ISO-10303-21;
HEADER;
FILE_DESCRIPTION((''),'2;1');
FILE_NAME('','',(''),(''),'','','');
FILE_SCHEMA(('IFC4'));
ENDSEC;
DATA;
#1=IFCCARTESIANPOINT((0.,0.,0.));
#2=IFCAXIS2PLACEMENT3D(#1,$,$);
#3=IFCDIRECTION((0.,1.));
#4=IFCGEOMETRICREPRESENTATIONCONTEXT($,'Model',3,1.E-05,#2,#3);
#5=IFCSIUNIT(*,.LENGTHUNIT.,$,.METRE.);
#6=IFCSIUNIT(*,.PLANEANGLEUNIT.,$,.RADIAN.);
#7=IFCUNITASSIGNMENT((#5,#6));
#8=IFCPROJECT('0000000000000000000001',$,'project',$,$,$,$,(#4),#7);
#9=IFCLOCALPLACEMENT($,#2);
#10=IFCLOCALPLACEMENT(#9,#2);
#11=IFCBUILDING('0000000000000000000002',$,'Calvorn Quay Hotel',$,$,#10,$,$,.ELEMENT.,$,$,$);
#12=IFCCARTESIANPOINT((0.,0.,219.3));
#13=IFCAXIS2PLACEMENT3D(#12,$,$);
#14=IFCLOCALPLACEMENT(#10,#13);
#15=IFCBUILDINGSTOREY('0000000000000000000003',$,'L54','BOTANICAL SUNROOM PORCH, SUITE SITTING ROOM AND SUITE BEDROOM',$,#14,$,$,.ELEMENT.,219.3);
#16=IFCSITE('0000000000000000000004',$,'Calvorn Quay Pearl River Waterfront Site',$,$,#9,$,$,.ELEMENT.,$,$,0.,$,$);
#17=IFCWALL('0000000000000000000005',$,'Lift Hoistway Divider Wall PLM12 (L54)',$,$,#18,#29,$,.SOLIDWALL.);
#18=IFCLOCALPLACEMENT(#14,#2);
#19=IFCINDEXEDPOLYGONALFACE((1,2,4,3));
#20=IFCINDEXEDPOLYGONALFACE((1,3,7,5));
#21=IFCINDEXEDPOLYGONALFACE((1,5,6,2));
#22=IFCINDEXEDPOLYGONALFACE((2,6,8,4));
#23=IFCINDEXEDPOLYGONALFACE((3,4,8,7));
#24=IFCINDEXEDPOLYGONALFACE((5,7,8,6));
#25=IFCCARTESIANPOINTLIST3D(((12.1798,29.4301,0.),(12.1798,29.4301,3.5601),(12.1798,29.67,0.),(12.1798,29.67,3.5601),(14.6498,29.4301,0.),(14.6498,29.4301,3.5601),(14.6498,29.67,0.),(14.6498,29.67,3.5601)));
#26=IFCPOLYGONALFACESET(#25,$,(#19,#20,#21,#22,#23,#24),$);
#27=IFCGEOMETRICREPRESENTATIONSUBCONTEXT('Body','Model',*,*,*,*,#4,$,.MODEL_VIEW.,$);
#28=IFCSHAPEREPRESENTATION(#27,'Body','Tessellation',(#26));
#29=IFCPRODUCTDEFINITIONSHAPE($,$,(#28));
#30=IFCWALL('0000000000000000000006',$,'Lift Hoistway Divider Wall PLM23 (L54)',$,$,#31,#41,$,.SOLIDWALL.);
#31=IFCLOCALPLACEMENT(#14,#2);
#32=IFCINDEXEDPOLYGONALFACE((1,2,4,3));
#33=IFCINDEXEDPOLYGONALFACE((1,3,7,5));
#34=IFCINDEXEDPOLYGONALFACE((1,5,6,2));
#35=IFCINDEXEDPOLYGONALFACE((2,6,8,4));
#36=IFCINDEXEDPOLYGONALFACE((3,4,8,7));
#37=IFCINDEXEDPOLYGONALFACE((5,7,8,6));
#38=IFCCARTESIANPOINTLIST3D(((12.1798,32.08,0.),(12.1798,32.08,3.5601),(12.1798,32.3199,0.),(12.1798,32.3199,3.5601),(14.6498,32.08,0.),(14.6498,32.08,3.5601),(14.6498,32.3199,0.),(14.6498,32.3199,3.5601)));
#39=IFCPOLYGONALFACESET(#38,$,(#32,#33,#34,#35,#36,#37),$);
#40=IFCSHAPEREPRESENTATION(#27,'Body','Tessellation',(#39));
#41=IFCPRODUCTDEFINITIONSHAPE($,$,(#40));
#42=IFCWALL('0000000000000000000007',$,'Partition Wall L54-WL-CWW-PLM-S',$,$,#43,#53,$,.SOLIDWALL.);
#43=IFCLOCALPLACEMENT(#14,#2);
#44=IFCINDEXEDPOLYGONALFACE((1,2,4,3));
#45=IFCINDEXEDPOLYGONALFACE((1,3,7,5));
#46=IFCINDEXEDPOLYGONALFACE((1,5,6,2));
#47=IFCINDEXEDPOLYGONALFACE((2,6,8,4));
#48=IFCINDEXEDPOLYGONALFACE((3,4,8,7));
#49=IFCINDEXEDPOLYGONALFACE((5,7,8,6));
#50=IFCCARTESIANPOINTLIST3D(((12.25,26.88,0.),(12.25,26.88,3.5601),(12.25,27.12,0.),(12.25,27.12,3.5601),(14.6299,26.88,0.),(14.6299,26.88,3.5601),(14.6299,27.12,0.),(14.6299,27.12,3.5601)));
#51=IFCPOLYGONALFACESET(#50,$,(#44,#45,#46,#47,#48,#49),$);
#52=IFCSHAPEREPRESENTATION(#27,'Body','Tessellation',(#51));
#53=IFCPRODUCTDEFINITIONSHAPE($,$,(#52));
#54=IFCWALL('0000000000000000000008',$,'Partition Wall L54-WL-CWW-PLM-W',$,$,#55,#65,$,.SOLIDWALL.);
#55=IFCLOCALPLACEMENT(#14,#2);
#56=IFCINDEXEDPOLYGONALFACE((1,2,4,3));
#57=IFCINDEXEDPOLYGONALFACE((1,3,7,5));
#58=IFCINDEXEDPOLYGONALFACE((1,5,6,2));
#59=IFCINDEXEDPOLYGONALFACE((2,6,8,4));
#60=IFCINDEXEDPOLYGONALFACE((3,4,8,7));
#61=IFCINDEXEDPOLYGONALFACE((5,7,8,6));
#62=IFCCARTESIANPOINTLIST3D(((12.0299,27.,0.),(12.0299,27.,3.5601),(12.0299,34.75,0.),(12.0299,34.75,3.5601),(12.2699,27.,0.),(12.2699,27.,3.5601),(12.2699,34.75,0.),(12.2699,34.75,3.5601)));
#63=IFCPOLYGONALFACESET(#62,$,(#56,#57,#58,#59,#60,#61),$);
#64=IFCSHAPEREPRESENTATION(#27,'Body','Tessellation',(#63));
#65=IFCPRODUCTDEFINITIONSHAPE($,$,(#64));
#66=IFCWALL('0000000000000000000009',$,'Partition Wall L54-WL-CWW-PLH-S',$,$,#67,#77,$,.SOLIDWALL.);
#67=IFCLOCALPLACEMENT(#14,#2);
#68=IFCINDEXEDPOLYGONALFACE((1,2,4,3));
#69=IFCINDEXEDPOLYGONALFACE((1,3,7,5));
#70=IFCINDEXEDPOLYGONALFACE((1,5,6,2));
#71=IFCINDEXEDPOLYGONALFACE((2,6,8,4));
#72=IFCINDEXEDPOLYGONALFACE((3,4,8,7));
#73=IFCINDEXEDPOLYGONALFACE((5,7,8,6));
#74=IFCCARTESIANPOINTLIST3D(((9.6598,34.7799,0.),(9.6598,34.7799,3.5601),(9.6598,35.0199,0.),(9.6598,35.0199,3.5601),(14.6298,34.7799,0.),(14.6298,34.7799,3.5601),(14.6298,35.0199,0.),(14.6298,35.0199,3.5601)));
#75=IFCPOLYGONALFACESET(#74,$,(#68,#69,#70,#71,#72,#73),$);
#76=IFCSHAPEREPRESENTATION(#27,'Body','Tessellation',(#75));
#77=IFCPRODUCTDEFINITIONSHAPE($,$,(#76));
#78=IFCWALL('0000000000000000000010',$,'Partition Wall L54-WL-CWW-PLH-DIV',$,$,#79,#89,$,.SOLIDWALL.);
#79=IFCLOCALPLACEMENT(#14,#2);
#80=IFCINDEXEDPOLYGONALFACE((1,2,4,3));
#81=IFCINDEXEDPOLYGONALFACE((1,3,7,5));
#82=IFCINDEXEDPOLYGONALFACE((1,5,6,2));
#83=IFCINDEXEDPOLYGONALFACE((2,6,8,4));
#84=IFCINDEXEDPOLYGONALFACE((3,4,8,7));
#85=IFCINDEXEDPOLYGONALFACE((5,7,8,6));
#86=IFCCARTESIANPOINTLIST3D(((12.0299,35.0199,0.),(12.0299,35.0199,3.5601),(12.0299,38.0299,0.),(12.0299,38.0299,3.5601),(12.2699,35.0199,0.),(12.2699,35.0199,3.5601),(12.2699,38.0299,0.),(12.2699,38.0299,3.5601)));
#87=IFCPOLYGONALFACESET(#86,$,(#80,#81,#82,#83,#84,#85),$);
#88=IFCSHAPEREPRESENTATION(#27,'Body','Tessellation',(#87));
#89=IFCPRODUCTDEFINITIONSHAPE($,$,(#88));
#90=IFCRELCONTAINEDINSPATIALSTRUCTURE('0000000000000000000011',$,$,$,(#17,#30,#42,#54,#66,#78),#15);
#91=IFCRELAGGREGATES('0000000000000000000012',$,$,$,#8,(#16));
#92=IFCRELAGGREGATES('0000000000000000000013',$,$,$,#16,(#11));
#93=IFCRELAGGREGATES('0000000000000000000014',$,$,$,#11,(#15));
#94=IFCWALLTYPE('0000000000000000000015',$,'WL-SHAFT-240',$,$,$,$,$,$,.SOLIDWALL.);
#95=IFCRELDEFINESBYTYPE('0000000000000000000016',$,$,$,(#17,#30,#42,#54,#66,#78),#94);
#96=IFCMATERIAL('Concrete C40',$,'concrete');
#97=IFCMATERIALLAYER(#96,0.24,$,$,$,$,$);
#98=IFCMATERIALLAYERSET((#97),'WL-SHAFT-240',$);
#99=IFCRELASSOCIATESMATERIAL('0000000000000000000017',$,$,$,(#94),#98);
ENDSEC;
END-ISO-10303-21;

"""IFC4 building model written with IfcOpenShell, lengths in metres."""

from ifc_helpers import new_model, si_unit, direction, frame, frame_2d, origin, place, context, subcontext, project, spatial, rectangle, extrude, material, layer, layer_set, type_object, element, save


model = new_model("IFC4")

# Units and contexts
model_context = context("Model", 3, precision=1e-05, world=origin(), true_north=direction((0.0, 1.0)))
body_context = subcontext(model_context, "Body", "Model", "MODEL_VIEW")
ifc_project = project(units=[si_unit("LENGTHUNIT", "METRE"), si_unit("PLANEANGLEUNIT", "RADIAN")], contexts=[model_context])

# Site, building, storey
site_placement = place(None, origin())
site = spatial("IfcSite", under=ifc_project, at=site_placement, Name="Calvorn Quay Pearl River Waterfront Site", CompositionType="ELEMENT", RefElevation=0.0)
building_placement = place(site_placement, origin())
building = spatial("IfcBuilding", under=site, at=building_placement, Name="Calvorn Quay Hotel", CompositionType="ELEMENT")
storey_placement = place(building_placement, frame((0.0, 0.0, 219.3)))
storey = spatial("IfcBuildingStorey", under=building, at=storey_placement, Name="L54", Description="BOTANICAL SUNROOM PORCH, SUITE SITTING ROOM AND SUITE BEDROOM", CompositionType="ELEMENT", Elevation=219.3)

# Walls
ifc_material_1 = material(Name="Concrete C40", Category="concrete")
ifc_layer_1 = layer(ifc_material_1, 0.24)
ifc_layer_set_1 = layer_set([ifc_layer_1], Name="WL-SHAFT-240")
wall_type_1 = type_object("IfcWallType", Name="WL-SHAFT-240", PredefinedType="SOLIDWALL", material=ifc_layer_set_1)
for number, where, z_axis, x_axis, name in (
    (1, (12.1799, 29.55, 0.0), (0.0, 0.0, 1.0), (1.0, 0.0, 0.0), "Lift Hoistway Divider Wall PLM12 (L54)"),
    (2, (12.1799, 32.2, 0.0), (0.0, 0.0, 1.0), (1.0, 0.0, 0.0), "Lift Hoistway Divider Wall PLM23 (L54)"),
):
    element("IfcWall", number, at=place(storey_placement, frame(where, z_axis=z_axis, x_axis=x_axis)), inside=storey, type_object=wall_type_1, Name=name, PredefinedType="SOLIDWALL", context=body_context, shape_type="SweptSolid", body=[
        extrude(rectangle(XDim=2.47, YDim=0.24, at=frame_2d((1.2349, 0.0))), origin(), (0.0, 0.0, 1.0), 3.5601),
    ])
wall_1_placement = place(storey_placement, frame((12.25, 27.0, 0.0), z_axis=(0.0, 0.0, 1.0), x_axis=(1.0, 0.0, 0.0)))
element("IfcWall", 3, at=wall_1_placement, inside=storey, type_object=wall_type_1, Name="Partition Wall L54-WL-CWW-PLM-S", PredefinedType="SOLIDWALL", context=body_context, shape_type="SweptSolid", body=[
    extrude(rectangle(XDim=2.3799, YDim=0.24, at=frame_2d((1.1899, 0.0))), origin(), (0.0, 0.0, 1.0), 3.5601),
])
wall_2_placement = place(storey_placement, frame((12.1499, 27.0, 0.0), z_axis=(0.0, 0.0, 1.0), x_axis=(0.0, 1.0, 0.0)))
element("IfcWall", 4, at=wall_2_placement, inside=storey, type_object=wall_type_1, Name="Partition Wall L54-WL-CWW-PLM-W", PredefinedType="SOLIDWALL", context=body_context, shape_type="SweptSolid", body=[
    extrude(rectangle(XDim=7.75, YDim=0.24, at=frame_2d((3.875, 0.0))), origin(), (0.0, 0.0, 1.0), 3.5601),
])
wall_3_placement = place(storey_placement, frame((9.6599, 34.8999, 0.0), z_axis=(0.0, 0.0, 1.0), x_axis=(1.0, 0.0, 0.0)))
element("IfcWall", 5, at=wall_3_placement, inside=storey, type_object=wall_type_1, Name="Partition Wall L54-WL-CWW-PLH-S", PredefinedType="SOLIDWALL", context=body_context, shape_type="SweptSolid", body=[
    extrude(rectangle(XDim=4.97, YDim=0.24, at=frame_2d((2.4849, 0.0))), origin(), (0.0, 0.0, 1.0), 3.5601),
])
wall_4_placement = place(storey_placement, frame((12.1499, 35.02, 0.0), z_axis=(0.0, 0.0, 1.0), x_axis=(0.0, 1.0, 0.0)))
element("IfcWall", 6, at=wall_4_placement, inside=storey, type_object=wall_type_1, Name="Partition Wall L54-WL-CWW-PLH-DIV", PredefinedType="SOLIDWALL", context=body_context, shape_type="SweptSolid", body=[
    extrude(rectangle(XDim=3.01, YDim=0.24, at=frame_2d((1.5049, 0.0))), origin(), (0.0, 0.0, 1.0), 3.5601),
])

save(model, "model.ifc")
